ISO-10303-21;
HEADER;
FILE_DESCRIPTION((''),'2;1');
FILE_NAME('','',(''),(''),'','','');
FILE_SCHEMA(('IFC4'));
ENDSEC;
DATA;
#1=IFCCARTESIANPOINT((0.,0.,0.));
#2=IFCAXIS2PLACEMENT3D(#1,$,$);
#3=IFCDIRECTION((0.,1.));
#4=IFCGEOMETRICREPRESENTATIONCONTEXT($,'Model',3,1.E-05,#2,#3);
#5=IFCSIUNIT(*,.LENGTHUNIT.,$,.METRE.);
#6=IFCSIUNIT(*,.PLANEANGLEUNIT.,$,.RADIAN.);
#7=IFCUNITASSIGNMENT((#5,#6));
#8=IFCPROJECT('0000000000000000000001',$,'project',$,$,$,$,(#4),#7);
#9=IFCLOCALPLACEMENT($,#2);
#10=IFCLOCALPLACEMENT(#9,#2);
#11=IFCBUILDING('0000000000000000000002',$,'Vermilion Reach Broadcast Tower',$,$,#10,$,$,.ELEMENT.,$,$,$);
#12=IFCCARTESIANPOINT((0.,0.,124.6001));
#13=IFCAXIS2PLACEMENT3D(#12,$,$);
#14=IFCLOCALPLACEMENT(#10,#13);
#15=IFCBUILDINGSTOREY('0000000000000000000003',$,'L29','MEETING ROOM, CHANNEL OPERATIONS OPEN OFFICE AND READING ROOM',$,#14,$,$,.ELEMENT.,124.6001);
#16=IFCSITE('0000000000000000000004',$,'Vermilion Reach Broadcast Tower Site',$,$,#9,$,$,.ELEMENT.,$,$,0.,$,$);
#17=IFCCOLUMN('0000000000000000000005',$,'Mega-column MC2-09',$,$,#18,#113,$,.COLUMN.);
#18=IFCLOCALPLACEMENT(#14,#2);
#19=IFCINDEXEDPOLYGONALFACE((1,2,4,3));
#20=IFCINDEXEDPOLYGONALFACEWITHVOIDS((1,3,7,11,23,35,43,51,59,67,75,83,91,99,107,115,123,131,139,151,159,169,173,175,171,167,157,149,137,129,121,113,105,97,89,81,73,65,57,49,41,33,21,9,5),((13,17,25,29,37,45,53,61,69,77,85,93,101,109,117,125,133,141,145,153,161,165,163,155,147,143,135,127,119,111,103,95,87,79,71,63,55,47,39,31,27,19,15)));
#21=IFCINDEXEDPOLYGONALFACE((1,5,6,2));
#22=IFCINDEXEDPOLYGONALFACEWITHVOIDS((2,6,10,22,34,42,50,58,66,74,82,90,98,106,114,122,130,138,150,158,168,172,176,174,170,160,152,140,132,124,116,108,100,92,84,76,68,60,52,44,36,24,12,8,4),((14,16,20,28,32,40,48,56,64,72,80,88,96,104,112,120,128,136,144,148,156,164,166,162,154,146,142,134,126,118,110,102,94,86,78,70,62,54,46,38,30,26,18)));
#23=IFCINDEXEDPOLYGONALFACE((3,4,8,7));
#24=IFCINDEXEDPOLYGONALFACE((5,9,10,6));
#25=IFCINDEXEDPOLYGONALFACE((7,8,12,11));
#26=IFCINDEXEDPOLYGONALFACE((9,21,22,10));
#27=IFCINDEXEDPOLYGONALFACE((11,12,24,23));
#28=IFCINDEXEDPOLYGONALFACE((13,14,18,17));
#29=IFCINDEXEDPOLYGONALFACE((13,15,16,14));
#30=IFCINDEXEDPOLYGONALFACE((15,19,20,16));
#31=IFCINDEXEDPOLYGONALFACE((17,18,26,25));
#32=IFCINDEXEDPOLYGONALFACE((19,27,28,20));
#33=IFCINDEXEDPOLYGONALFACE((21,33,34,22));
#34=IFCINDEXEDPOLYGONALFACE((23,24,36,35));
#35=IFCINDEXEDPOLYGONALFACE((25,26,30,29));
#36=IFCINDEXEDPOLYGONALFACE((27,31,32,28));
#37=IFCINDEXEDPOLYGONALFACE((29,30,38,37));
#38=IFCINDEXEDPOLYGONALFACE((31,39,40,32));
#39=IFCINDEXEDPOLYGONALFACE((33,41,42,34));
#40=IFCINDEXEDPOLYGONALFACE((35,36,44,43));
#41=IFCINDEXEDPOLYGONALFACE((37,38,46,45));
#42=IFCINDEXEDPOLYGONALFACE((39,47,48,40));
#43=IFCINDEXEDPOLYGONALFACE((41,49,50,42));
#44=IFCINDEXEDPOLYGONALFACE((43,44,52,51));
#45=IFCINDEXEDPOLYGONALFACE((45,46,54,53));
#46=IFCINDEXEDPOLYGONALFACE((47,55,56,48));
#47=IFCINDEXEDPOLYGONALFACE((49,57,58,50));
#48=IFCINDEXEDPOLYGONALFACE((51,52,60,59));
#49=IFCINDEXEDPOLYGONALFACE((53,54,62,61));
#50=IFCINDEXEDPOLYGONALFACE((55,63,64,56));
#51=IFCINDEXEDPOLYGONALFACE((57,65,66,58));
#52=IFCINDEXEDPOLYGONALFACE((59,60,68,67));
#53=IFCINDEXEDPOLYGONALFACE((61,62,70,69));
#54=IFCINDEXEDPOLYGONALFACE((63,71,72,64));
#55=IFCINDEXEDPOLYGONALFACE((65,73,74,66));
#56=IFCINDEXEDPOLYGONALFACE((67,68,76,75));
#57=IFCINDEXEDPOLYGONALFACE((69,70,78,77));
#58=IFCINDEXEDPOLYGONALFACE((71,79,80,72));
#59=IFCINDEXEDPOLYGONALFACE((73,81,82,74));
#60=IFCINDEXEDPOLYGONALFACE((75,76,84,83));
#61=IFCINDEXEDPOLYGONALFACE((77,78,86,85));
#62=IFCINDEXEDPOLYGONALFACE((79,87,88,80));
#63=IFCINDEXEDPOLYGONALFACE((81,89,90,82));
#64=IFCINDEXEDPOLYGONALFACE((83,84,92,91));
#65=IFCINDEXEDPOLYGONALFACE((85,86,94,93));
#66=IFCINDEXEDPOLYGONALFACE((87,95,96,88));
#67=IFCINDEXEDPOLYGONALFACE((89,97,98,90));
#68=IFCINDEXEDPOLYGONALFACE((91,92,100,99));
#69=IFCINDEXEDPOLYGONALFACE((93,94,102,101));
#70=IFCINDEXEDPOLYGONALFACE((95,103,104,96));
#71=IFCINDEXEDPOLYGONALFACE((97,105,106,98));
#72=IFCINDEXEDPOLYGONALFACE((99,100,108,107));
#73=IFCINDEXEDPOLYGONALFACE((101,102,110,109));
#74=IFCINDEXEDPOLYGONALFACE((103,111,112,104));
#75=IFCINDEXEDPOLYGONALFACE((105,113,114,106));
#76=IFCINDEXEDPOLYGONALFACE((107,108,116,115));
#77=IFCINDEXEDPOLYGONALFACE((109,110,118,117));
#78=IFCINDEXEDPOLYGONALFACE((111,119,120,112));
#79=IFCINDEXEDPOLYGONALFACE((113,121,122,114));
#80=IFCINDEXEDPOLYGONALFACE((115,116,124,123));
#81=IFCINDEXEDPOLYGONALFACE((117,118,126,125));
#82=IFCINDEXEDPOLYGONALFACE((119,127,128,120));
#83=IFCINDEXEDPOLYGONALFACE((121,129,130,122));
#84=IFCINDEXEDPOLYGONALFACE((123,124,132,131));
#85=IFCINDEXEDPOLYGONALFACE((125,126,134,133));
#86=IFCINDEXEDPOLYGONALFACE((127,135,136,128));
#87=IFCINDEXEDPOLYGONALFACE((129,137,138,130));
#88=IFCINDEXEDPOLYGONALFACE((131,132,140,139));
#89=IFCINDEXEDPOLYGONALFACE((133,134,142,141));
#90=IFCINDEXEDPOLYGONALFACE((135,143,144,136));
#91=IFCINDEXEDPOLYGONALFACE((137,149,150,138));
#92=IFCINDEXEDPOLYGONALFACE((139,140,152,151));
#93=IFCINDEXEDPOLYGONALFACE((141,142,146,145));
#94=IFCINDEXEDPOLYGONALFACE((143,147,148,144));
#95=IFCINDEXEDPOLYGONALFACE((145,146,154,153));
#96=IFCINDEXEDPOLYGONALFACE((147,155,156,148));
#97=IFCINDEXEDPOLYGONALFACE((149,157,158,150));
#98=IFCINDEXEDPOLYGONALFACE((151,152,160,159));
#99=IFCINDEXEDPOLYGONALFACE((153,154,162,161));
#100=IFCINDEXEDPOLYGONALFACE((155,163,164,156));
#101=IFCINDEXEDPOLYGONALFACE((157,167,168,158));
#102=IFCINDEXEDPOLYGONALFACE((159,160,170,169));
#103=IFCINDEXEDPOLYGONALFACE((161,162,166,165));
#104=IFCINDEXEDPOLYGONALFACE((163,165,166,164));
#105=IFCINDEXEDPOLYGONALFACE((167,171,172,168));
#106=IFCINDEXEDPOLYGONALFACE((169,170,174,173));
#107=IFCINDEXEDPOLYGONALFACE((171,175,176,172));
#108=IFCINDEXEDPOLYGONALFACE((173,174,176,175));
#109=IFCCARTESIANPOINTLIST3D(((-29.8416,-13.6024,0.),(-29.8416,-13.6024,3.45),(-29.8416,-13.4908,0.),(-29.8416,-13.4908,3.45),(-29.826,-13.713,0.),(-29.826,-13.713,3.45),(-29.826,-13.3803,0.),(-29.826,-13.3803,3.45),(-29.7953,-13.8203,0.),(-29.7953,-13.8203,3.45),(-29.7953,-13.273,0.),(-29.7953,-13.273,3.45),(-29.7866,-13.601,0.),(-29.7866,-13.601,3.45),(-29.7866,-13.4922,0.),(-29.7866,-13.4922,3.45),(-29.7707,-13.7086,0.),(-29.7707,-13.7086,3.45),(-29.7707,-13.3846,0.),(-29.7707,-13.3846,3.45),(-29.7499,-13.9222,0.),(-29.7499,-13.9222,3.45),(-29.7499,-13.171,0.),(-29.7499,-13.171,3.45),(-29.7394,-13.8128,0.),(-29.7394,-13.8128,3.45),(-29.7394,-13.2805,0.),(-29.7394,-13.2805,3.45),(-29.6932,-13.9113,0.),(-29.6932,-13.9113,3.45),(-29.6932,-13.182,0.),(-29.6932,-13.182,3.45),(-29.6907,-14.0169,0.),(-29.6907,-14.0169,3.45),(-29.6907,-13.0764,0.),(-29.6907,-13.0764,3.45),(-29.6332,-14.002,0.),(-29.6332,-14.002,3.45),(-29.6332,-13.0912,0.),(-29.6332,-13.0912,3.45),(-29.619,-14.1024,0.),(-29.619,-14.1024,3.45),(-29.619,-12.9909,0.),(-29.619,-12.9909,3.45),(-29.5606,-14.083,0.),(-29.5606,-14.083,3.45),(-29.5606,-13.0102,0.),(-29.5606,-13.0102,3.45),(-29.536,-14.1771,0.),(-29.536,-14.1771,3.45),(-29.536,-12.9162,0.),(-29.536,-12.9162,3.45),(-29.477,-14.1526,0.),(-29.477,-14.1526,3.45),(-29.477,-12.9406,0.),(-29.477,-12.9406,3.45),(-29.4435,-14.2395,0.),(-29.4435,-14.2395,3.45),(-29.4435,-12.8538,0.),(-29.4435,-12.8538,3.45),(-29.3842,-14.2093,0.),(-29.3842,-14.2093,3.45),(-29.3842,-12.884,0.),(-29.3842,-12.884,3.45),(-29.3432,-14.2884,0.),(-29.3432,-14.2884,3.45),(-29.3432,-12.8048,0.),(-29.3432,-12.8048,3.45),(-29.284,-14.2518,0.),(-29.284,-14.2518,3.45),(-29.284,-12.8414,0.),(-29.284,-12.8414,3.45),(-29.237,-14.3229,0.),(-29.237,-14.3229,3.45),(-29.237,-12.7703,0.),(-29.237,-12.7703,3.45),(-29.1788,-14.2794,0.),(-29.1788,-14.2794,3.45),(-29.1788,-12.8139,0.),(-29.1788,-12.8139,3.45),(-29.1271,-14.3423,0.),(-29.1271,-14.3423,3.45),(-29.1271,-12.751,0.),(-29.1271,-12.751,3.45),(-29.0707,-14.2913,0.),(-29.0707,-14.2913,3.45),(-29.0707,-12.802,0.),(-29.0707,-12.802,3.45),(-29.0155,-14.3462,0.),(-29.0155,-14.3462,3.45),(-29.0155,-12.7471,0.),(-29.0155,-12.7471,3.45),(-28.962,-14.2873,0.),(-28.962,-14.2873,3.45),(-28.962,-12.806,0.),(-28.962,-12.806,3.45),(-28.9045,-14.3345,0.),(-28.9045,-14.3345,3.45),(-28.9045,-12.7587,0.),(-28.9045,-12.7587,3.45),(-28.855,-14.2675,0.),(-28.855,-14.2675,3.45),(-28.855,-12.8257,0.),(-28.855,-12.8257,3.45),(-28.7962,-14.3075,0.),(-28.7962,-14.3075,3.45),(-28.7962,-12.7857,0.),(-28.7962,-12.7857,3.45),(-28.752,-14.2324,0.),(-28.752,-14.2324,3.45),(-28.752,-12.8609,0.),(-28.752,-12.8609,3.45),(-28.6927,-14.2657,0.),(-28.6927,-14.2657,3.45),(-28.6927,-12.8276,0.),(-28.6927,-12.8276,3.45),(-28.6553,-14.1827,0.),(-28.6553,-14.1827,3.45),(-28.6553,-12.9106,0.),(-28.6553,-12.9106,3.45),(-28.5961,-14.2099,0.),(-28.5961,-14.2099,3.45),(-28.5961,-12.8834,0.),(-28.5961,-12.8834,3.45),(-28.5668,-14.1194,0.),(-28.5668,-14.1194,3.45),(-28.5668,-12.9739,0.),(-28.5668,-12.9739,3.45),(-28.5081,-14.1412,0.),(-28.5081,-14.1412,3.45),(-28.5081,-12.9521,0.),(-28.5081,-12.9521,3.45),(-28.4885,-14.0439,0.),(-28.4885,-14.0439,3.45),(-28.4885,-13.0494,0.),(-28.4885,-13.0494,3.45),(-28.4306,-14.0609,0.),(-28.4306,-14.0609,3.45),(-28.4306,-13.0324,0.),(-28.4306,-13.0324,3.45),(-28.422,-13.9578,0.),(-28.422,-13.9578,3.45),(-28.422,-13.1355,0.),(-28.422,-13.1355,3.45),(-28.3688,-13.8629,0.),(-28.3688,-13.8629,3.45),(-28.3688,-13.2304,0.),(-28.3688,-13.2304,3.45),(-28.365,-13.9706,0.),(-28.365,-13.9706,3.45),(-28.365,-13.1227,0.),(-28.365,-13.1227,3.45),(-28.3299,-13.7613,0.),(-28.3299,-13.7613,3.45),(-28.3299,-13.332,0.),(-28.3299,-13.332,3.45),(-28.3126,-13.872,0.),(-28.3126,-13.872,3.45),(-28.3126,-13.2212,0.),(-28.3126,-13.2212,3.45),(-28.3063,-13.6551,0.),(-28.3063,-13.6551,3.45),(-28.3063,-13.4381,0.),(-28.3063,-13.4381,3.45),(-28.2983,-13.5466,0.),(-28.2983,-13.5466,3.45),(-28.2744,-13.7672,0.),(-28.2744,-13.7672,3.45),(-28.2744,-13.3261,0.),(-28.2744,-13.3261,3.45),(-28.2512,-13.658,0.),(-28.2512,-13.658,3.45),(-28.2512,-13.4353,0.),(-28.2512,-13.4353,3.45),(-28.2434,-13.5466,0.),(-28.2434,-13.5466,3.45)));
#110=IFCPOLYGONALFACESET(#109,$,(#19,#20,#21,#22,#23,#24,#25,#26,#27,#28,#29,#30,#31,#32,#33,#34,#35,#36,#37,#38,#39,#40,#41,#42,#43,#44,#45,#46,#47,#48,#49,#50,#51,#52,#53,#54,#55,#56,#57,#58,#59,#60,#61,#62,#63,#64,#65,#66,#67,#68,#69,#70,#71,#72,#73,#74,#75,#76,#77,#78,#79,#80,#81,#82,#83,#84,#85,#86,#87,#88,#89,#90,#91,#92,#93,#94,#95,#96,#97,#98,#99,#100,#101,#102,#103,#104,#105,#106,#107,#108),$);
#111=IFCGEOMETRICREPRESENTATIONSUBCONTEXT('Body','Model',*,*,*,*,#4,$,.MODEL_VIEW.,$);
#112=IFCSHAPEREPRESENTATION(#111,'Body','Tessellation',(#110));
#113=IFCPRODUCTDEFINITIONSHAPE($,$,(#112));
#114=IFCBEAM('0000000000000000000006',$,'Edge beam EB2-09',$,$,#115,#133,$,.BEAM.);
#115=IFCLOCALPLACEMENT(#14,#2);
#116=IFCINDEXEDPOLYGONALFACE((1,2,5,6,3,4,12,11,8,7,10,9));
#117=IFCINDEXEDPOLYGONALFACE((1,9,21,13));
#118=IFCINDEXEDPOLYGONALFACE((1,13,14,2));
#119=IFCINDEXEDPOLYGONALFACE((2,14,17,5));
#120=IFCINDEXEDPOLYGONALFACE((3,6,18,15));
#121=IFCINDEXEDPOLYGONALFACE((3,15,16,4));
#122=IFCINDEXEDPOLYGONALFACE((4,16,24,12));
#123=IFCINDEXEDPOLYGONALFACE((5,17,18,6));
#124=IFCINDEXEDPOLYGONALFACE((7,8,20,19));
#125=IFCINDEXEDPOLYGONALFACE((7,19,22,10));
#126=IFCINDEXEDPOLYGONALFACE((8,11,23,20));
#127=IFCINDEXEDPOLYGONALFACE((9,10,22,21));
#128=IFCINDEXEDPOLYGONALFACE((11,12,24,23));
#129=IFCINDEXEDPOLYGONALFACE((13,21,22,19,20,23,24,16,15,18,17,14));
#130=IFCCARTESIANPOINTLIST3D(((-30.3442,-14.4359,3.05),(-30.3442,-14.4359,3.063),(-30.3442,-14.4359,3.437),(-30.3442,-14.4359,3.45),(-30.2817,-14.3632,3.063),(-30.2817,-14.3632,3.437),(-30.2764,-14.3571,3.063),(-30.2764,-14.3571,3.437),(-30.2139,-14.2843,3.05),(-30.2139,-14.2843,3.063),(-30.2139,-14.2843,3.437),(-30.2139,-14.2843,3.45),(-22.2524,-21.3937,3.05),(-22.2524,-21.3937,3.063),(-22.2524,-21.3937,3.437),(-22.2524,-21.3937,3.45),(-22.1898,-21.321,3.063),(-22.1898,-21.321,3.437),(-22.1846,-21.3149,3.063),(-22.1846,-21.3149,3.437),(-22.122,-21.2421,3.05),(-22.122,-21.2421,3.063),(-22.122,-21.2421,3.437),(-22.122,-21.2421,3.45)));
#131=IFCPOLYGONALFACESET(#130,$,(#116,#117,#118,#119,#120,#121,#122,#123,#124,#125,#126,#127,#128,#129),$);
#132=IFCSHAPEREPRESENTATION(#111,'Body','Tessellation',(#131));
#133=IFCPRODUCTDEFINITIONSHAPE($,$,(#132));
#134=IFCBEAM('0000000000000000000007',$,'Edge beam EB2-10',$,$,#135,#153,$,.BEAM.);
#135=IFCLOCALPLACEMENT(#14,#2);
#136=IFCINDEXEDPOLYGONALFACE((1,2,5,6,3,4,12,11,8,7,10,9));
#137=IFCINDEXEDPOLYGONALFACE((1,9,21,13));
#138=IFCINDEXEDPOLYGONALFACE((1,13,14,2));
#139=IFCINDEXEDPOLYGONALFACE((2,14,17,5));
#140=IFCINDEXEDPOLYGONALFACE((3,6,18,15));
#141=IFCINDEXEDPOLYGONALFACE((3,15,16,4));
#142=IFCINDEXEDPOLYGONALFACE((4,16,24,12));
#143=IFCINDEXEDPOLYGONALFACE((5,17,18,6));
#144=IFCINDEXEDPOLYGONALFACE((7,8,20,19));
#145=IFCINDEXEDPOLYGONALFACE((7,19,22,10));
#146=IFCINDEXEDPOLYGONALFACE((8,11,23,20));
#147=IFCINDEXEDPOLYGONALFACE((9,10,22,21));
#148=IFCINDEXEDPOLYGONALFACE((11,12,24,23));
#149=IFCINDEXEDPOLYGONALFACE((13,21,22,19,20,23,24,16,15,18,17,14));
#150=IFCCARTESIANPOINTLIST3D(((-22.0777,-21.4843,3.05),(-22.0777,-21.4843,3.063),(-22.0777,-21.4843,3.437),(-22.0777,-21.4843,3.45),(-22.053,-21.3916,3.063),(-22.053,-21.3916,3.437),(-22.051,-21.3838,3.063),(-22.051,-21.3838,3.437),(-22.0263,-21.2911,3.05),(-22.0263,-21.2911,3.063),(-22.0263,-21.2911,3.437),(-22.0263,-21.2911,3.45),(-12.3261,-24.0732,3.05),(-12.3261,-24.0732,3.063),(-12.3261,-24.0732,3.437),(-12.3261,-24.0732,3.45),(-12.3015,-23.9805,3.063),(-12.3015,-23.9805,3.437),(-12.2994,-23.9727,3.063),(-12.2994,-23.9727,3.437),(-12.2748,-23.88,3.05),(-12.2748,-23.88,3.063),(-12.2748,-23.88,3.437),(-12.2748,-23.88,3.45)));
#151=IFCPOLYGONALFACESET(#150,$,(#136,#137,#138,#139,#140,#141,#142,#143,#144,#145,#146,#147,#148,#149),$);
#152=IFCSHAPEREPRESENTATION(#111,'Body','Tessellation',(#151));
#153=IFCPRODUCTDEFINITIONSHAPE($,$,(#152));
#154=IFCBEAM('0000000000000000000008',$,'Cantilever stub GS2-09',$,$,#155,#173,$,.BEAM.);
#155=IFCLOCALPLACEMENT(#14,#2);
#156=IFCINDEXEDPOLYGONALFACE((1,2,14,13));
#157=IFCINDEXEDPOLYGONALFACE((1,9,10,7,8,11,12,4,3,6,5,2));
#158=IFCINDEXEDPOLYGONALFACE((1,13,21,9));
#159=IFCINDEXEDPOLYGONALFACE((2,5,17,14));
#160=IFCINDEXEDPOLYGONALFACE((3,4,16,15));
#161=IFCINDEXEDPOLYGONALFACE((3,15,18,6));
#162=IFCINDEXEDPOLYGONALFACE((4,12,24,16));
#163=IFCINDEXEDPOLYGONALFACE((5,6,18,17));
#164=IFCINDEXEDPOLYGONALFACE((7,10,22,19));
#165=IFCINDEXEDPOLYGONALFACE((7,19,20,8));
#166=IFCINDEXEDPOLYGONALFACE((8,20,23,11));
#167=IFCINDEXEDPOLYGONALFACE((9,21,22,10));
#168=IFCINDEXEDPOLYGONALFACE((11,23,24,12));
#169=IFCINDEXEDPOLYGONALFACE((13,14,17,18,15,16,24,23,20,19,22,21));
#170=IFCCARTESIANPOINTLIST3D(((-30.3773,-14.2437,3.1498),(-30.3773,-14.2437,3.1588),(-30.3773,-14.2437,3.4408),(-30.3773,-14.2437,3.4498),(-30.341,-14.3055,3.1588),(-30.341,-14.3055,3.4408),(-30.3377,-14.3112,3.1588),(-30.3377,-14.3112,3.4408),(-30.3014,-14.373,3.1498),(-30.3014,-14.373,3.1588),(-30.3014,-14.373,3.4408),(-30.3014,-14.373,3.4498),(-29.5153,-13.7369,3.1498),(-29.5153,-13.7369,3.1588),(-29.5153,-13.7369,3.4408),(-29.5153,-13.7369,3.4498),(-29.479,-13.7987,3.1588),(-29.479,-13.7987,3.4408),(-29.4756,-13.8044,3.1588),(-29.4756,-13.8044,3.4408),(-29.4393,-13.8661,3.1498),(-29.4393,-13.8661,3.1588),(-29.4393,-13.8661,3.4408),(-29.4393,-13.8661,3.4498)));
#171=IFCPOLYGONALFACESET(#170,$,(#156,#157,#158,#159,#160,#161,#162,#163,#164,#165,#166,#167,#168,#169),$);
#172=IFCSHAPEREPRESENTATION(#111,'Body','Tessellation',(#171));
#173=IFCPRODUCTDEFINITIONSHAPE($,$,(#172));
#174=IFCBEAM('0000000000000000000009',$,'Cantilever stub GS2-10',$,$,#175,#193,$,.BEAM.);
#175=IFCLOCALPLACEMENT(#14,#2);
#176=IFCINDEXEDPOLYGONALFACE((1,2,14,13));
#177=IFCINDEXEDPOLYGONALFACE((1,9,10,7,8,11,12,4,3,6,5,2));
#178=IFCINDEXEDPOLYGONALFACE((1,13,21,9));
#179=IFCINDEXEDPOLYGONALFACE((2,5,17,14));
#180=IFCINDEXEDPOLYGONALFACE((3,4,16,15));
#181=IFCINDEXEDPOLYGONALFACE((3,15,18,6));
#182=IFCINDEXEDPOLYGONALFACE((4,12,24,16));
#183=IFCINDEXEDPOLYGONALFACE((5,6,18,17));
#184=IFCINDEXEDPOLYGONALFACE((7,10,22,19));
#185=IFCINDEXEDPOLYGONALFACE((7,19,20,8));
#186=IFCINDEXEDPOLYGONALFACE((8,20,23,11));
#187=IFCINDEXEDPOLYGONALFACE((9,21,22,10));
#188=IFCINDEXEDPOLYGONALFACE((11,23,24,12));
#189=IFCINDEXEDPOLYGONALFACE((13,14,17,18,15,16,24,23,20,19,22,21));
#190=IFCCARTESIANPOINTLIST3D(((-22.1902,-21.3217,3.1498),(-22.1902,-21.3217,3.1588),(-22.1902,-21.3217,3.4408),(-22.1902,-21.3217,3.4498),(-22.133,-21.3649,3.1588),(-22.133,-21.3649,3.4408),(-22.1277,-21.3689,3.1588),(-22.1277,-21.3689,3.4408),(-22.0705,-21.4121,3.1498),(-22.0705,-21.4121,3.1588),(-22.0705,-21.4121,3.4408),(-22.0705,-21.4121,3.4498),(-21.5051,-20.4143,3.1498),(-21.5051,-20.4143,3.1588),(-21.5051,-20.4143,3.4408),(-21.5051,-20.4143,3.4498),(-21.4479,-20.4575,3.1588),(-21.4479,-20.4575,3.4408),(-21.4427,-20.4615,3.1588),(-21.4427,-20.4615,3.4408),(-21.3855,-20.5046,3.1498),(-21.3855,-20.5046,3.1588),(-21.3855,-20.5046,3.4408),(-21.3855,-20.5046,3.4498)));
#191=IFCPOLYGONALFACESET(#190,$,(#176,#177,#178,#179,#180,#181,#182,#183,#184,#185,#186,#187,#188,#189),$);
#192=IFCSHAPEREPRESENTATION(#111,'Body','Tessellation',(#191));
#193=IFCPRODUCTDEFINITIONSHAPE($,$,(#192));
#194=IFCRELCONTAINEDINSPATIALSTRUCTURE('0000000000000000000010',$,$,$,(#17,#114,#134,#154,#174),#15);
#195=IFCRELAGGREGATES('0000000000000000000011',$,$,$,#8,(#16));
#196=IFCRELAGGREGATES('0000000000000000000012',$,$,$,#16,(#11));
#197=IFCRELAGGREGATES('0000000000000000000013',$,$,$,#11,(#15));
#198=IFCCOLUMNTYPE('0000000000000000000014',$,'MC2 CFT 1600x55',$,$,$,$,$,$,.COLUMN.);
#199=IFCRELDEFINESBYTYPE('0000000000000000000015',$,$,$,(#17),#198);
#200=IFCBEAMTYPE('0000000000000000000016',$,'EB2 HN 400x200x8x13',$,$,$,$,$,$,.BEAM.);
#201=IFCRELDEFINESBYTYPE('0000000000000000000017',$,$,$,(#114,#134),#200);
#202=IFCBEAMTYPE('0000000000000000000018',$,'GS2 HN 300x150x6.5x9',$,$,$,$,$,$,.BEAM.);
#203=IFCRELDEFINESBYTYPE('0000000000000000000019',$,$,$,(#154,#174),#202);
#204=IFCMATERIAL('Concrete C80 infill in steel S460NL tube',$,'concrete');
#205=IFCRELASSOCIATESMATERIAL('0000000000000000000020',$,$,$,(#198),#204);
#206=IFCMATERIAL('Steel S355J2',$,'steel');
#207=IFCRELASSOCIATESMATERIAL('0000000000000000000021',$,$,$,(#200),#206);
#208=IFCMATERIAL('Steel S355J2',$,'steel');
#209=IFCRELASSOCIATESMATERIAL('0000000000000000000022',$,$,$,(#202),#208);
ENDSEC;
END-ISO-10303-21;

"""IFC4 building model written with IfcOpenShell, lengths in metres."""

from ifc_helpers import new_model, si_unit, direction, frame, origin, origin_2d, place, context, subcontext, project, spatial, hollow_circle, i_section, extrude, material, material_profile, profile_set, type_object, element, save


model = new_model("IFC4")

# Units and contexts
model_context = context("Model", 3, precision=1e-05, world=origin(), true_north=direction((0.0, 1.0)))
body_context = subcontext(model_context, "Body", "Model", "MODEL_VIEW")
ifc_project = project(units=[si_unit("LENGTHUNIT", "METRE"), si_unit("PLANEANGLEUNIT", "RADIAN")], contexts=[model_context])

# Site, building, storey
site_placement = place(None, origin())
site = spatial("IfcSite", under=ifc_project, at=site_placement, Name="Vermilion Reach Broadcast Tower Site", CompositionType="ELEMENT", RefElevation=0.0)
building_placement = place(site_placement, origin())
building = spatial("IfcBuilding", under=site, at=building_placement, Name="Vermilion Reach Broadcast Tower", CompositionType="ELEMENT")
storey_placement = place(building_placement, frame((0.0, 0.0, 124.6001)))
storey = spatial("IfcBuildingStorey", under=building, at=storey_placement, Name="L29", Description="MEETING ROOM, CHANNEL OPERATIONS OPEN OFFICE AND READING ROOM", CompositionType="ELEMENT", Elevation=124.6001)

# Column
ifc_material_1 = material(Name="Concrete C80 infill in steel S460NL tube", Category="concrete")
ifc_material_profile_1 = material_profile(ifc_material_1, hollow_circle(Radius=0.8, WallThickness=0.0549, at=origin_2d()), Name="Concrete C80 infill in steel S460NL tube CFT 1600x55")
ifc_profile_set_1 = profile_set([ifc_material_profile_1], Name="Concrete C80 infill in steel S460NL tube")
column_type = type_object("IfcColumnType", Name="MC2 CFT 1600x55", PredefinedType="COLUMN", material=ifc_profile_set_1)
column_placement = place(storey_placement, frame((-29.0435, -13.5466, 0.0), z_axis=(0.0, 0.0, 1.0), x_axis=(1.0, 0.0, 0.0)))
element("IfcColumn", 1, at=column_placement, inside=storey, type_object=column_type, Name="Mega-column MC2-09", PredefinedType="COLUMN", context=body_context, shape_type="SweptSolid", body=[
    extrude(hollow_circle(Radius=0.8, WallThickness=0.0549, at=origin_2d()), origin(), (0.0, 0.0, 1.0), 3.45),
])

# Beams
ifc_material_2 = material(Name="Steel S355J2", Category="steel")
ifc_material_profile_2 = material_profile(ifc_material_2, i_section(OverallWidth=0.2, OverallDepth=0.3999, WebThickness=0.0081, FlangeThickness=0.0129, at=origin_2d()), Name="S355J2 HN 400x200x8x13")
ifc_profile_set_2 = profile_set([ifc_material_profile_2], Name="Steel S355J2")
beam_type_1 = type_object("IfcBeamType", Name="EB2 HN 400x200x8x13", PredefinedType="BEAM", material=ifc_profile_set_2)
beam_1_placement = place(storey_placement, frame((-30.2791, -14.3601, 3.25), z_axis=(0.75824, -0.651976, 0.0), x_axis=(0.651976, 0.75824, 0.0)))
element("IfcBeam", 2, at=beam_1_placement, inside=storey, type_object=beam_type_1, Name="Edge beam EB2-09", PredefinedType="BEAM", context=body_context, shape_type="SweptSolid", body=[
    extrude(i_section(OverallWidth=0.2, OverallDepth=0.3999, WebThickness=0.0081, FlangeThickness=0.0129, at=origin_2d()), origin(), (0.0, 0.0, 1.0), 10.6719),
])
beam_2_placement = place(storey_placement, frame((-22.052, -21.3877, 3.25), z_axis=(0.966519, -0.256596, 0.0), x_axis=(0.256596, 0.966519, 0.0)))
element("IfcBeam", 3, at=beam_2_placement, inside=storey, type_object=beam_type_1, Name="Edge beam EB2-10", PredefinedType="BEAM", context=body_context, shape_type="SweptSolid", body=[
    extrude(i_section(OverallWidth=0.2, OverallDepth=0.3999, WebThickness=0.0081, FlangeThickness=0.0129, at=origin_2d()), origin(), (0.0, 0.0, 1.0), 10.0894),
])
ifc_material_3 = material(Name="Steel S355J2", Category="steel")
ifc_material_profile_3 = material_profile(ifc_material_3, i_section(OverallWidth=0.1499, OverallDepth=0.3, WebThickness=0.0066, FlangeThickness=0.009, at=origin_2d()), Name="S355J2 HN 300x150x6.5x9")
ifc_profile_set_3 = profile_set([ifc_material_profile_3], Name="Steel S355J2")
beam_type_2 = type_object("IfcBeamType", Name="GS2 HN 300x150x6.5x9", PredefinedType="BEAM", material=ifc_profile_set_3)
beam_3_placement = place(storey_placement, frame((-29.4773, -13.8015, 3.2998), z_axis=(-0.862047, -0.506828, 0.0), x_axis=(0.506828, -0.862047, 0.0)))
element("IfcBeam", 4, at=beam_3_placement, inside=storey, type_object=beam_type_2, Name="Cantilever stub GS2-09", PredefinedType="BEAM", context=body_context, shape_type="SweptSolid", body=[
    extrude(i_section(OverallWidth=0.1499, OverallDepth=0.3, WebThickness=0.0066, FlangeThickness=0.009, at=origin_2d()), origin(), (0.0, 0.0, 1.0), 1.0),
])
beam_4_placement = place(storey_placement, frame((-21.4453, -20.4595, 3.2998), z_axis=(-0.602505, -0.798115, 0.0), x_axis=(0.798115, -0.602505, 0.0)))
element("IfcBeam", 5, at=beam_4_placement, inside=storey, type_object=beam_type_2, Name="Cantilever stub GS2-10", PredefinedType="BEAM", context=body_context, shape_type="SweptSolid", body=[
    extrude(i_section(OverallWidth=0.1499, OverallDepth=0.3, WebThickness=0.0066, FlangeThickness=0.009, at=origin_2d()), origin(), (0.0, 0.0, 1.0), 1.137),
])

save(model, "model.ifc")
